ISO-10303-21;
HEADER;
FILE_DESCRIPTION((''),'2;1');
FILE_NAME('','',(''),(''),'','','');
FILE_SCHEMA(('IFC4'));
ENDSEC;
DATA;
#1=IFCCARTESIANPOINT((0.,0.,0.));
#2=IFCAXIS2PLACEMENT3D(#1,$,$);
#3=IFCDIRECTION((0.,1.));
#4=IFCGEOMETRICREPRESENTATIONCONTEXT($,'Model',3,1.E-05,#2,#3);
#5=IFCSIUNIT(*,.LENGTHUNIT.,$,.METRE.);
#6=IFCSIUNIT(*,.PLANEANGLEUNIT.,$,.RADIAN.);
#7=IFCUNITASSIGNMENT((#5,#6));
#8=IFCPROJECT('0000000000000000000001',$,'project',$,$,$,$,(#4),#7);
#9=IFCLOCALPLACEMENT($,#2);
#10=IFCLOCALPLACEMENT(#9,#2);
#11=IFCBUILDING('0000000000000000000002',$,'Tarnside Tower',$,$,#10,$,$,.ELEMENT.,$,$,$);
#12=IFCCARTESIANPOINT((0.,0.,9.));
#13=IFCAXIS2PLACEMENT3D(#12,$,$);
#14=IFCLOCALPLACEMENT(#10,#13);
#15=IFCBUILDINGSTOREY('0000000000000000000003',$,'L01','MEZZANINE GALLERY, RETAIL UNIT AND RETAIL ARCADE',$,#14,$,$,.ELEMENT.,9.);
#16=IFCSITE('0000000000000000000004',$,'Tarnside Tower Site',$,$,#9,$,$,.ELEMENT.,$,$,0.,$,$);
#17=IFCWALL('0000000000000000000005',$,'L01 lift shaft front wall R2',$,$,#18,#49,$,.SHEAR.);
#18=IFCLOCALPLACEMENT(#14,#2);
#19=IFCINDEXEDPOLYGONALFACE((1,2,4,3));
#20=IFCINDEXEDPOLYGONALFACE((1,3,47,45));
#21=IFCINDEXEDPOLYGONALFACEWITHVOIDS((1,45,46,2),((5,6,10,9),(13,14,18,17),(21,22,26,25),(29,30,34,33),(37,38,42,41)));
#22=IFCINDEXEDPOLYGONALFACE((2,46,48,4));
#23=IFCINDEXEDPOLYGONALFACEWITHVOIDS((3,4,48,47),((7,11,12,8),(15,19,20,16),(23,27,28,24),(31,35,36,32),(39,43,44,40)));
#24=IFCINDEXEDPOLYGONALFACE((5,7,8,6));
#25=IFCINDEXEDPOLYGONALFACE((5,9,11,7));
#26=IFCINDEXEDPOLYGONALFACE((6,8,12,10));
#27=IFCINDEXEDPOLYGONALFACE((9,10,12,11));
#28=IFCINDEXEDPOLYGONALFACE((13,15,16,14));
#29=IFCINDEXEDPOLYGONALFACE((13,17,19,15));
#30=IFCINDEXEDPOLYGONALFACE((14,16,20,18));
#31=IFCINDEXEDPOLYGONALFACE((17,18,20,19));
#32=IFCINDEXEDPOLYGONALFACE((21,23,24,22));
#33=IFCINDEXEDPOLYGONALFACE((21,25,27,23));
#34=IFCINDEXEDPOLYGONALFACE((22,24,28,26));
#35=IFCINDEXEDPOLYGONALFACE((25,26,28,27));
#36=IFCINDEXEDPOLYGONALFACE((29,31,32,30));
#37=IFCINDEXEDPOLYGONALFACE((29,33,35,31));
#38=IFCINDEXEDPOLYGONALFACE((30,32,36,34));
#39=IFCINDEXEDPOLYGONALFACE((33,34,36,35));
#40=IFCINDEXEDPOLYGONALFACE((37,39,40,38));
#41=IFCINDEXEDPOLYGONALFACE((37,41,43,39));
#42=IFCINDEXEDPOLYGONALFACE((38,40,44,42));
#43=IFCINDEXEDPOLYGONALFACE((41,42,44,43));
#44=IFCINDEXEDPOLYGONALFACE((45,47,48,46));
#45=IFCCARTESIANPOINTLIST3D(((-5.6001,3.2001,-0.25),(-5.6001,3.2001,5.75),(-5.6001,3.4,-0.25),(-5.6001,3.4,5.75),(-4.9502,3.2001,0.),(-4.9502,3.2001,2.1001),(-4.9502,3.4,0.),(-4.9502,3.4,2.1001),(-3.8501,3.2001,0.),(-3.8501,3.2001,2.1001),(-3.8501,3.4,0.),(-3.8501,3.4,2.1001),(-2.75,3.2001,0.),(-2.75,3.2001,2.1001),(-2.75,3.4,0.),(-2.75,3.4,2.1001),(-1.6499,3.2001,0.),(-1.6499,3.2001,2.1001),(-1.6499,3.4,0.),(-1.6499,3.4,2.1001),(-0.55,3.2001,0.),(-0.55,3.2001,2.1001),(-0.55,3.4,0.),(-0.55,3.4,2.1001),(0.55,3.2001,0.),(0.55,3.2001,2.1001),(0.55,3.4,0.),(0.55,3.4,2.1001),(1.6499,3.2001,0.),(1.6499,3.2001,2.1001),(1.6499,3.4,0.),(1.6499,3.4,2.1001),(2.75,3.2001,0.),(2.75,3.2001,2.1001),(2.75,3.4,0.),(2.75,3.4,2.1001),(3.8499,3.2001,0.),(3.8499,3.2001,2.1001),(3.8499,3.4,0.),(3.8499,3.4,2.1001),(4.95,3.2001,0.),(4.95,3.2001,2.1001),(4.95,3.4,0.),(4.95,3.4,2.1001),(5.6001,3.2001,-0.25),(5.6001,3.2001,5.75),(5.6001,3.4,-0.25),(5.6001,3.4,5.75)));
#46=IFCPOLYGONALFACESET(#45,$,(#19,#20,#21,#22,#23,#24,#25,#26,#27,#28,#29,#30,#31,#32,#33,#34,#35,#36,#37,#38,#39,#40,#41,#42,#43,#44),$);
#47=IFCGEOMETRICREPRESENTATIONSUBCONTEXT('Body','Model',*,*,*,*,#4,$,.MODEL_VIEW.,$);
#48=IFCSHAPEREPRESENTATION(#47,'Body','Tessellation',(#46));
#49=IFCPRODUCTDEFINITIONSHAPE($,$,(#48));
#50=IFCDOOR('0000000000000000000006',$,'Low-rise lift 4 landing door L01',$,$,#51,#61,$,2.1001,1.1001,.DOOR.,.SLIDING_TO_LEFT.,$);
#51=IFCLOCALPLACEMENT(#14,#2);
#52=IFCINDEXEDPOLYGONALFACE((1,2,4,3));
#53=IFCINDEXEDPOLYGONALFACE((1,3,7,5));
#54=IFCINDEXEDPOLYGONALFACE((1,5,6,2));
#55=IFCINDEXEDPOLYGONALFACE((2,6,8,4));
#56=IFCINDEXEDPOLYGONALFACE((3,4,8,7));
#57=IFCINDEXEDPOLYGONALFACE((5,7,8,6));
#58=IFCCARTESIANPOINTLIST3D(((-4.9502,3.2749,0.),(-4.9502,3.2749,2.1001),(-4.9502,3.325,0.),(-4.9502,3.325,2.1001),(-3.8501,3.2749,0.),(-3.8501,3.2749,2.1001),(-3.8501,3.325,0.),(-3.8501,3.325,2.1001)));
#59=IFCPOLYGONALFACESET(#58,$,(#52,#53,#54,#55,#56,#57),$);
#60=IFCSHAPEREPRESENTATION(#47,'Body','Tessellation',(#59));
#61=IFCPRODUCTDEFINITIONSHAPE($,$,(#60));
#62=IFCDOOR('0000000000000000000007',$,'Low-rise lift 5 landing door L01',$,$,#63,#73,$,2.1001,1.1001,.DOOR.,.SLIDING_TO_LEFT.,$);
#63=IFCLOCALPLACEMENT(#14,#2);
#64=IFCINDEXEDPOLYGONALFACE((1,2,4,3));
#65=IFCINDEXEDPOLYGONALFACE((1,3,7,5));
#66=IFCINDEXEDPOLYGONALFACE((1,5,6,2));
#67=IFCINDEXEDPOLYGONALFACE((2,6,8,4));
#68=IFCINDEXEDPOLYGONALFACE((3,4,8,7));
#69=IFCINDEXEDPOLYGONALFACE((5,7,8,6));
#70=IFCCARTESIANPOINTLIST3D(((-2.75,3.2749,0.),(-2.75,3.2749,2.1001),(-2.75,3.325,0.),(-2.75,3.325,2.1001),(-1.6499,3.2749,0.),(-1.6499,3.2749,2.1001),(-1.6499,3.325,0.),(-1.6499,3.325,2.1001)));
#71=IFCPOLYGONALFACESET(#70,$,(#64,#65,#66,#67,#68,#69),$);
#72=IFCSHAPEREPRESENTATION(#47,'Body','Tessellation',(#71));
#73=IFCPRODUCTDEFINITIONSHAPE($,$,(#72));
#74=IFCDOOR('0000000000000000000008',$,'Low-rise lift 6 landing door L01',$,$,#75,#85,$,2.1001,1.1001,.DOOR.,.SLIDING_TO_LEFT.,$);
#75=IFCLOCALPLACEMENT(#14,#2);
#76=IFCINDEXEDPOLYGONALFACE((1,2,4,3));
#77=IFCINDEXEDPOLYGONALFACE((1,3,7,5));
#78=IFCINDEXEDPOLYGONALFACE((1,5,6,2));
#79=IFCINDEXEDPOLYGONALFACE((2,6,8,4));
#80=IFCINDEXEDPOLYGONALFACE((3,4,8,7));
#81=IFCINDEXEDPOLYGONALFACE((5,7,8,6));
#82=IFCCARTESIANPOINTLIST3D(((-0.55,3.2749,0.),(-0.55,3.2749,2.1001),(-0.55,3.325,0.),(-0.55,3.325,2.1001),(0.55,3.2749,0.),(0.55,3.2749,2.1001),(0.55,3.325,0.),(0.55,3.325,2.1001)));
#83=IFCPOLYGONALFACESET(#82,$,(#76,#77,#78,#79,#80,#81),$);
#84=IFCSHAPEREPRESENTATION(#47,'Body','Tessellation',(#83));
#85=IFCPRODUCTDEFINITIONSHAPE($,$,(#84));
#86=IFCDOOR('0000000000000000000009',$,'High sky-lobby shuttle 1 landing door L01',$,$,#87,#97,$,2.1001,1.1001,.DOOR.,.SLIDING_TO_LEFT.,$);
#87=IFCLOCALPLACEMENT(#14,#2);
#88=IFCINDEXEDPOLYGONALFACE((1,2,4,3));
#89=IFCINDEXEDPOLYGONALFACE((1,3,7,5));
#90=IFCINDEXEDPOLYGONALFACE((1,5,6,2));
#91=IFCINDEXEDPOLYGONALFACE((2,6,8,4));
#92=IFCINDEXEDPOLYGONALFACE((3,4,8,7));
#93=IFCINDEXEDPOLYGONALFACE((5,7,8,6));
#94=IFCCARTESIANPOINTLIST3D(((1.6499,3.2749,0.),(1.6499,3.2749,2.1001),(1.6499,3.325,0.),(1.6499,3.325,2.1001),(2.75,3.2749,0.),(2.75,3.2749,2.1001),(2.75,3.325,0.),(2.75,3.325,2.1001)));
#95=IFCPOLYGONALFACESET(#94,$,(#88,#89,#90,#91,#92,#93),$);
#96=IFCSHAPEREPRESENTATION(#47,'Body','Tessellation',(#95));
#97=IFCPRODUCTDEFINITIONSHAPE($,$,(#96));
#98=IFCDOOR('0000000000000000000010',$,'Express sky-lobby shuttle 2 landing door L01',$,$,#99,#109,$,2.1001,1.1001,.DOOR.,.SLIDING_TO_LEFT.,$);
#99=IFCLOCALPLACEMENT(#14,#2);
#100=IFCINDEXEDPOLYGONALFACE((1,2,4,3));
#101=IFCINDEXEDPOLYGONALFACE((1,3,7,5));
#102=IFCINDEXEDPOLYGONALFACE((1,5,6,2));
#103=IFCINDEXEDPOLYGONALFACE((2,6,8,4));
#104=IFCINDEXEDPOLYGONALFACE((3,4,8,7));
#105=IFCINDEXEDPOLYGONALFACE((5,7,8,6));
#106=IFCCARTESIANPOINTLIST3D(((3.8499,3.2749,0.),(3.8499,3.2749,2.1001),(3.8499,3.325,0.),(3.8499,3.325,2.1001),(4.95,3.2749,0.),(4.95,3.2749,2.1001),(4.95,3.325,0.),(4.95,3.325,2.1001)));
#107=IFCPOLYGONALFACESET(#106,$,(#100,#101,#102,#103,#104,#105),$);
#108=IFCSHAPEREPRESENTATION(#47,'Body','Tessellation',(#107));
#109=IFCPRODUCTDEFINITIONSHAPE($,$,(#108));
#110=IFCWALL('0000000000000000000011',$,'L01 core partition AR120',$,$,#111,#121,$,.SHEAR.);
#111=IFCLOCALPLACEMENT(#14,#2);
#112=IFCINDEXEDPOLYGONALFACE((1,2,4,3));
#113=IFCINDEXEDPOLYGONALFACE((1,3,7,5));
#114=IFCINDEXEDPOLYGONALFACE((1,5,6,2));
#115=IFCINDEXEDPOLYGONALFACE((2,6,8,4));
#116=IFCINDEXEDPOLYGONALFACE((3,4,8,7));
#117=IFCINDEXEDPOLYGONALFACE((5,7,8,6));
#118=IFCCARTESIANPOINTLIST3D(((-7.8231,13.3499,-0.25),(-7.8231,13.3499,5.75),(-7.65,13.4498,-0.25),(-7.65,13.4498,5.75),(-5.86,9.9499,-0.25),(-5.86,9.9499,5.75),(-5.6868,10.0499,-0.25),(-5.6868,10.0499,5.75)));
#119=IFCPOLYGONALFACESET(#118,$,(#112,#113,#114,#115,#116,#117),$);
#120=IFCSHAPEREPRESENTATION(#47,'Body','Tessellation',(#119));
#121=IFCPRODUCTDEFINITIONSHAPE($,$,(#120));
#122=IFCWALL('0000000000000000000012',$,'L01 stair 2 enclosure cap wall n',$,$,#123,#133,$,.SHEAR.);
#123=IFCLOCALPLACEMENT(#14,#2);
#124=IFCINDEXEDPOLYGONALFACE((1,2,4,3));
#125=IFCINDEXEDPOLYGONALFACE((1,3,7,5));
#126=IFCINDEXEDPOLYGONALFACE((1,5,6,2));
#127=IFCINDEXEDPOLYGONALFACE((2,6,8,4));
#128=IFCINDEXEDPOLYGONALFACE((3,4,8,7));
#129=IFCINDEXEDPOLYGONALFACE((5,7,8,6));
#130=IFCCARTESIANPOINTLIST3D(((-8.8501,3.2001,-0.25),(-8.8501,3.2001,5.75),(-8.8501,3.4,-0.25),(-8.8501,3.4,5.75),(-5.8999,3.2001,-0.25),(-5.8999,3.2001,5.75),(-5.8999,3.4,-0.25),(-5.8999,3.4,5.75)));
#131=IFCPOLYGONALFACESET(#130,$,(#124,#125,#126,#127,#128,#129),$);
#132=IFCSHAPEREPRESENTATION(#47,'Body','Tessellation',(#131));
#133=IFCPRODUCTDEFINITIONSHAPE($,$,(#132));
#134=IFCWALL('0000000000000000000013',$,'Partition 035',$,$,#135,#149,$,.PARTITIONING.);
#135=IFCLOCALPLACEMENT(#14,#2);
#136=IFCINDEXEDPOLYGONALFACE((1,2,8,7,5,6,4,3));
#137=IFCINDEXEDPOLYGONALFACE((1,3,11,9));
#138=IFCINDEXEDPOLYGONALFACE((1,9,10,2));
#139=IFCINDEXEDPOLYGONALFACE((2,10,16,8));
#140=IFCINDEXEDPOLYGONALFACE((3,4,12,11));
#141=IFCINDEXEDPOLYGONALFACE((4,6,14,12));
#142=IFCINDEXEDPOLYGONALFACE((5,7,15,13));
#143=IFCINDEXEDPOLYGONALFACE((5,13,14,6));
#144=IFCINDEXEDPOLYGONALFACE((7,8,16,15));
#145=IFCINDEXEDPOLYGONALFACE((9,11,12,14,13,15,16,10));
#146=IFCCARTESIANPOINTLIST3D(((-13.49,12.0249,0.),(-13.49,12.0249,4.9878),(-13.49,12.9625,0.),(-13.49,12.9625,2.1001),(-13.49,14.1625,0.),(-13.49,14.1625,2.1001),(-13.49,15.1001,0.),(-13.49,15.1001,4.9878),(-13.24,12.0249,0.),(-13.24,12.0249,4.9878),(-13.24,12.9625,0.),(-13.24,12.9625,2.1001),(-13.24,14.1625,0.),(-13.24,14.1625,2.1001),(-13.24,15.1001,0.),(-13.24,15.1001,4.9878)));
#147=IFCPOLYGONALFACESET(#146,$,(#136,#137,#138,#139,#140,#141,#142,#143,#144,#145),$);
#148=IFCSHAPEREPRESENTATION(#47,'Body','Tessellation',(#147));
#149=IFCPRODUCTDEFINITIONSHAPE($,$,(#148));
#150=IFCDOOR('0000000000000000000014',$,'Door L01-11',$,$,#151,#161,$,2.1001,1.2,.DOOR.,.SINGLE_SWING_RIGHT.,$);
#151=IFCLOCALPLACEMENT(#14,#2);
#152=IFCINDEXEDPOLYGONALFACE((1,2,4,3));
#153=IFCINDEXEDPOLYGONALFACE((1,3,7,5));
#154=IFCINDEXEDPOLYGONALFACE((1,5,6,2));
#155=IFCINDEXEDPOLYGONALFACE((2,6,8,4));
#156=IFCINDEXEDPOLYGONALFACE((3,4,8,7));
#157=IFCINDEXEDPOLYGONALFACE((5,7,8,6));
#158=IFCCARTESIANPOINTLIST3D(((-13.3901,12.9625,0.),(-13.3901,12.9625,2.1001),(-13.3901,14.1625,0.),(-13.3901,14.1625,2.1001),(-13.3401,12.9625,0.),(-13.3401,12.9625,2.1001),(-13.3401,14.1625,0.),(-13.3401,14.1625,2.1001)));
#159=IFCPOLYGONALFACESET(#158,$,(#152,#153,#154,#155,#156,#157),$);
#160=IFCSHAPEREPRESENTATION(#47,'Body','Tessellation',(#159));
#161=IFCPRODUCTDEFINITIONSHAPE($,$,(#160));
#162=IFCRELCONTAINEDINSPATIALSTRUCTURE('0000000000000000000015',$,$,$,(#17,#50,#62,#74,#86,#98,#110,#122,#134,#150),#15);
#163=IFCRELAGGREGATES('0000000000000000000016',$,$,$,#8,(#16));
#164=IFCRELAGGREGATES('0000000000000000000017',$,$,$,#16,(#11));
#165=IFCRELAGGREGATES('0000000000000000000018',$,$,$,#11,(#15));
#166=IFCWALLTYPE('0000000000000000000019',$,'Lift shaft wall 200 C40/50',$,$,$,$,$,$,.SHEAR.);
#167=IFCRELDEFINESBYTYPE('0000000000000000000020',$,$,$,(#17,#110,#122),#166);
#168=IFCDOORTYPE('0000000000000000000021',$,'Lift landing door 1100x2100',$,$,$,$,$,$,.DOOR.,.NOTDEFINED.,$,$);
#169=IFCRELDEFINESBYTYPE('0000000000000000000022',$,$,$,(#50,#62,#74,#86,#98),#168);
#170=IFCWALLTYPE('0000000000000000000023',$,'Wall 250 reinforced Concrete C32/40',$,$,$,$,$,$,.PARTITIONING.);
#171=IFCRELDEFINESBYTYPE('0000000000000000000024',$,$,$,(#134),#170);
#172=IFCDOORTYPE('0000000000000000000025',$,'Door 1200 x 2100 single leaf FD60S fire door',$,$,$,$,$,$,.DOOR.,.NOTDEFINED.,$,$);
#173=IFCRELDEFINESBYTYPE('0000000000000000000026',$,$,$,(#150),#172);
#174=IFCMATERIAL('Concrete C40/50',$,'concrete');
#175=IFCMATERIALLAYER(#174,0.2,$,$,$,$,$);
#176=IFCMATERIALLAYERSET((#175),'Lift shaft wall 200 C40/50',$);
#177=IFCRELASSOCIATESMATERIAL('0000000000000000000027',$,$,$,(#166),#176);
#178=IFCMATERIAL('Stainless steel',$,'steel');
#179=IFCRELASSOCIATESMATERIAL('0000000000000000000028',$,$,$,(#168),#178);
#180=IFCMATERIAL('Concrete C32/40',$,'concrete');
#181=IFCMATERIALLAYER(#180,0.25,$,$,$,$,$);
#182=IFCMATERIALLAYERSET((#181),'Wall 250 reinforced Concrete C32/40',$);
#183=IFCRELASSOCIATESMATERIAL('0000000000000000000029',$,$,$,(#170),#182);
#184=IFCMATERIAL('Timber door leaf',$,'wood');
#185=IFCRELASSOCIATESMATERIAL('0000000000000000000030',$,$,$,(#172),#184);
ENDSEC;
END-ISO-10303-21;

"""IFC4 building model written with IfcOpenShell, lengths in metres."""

from ifc_helpers import new_model, si_unit, direction, frame, frame_2d, origin, place, context, subcontext, project, spatial, rectangle, extrude, material, layer, layer_set, type_object, element, fill, save


model = new_model("IFC4")

# Units and contexts
model_context = context("Model", 3, precision=1e-05, world=origin(), true_north=direction((0.0, 1.0)))
body_context = subcontext(model_context, "Body", "Model", "MODEL_VIEW")
ifc_project = project(units=[si_unit("LENGTHUNIT", "METRE"), si_unit("PLANEANGLEUNIT", "RADIAN")], contexts=[model_context])

# Site, building, storey
site_placement = place(None, origin())
site = spatial("IfcSite", under=ifc_project, at=site_placement, Name="Tarnside Tower Site", CompositionType="ELEMENT", RefElevation=0.0)
building_placement = place(site_placement, origin())
building = spatial("IfcBuilding", under=site, at=building_placement, Name="Tarnside Tower", CompositionType="ELEMENT")
storey_placement = place(building_placement, frame((0.0, 0.0, 9.0)))
storey = spatial("IfcBuildingStorey", under=building, at=storey_placement, Name="L01", Description="MEZZANINE GALLERY, RETAIL UNIT AND RETAIL ARCADE", CompositionType="ELEMENT", Elevation=9.0)

# Shared definitions
ifc_material_1 = material(Name="Concrete C40/50", Category="concrete")
ifc_layer_1 = layer(ifc_material_1, 0.2)
ifc_layer_set_1 = layer_set([ifc_layer_1], Name="Lift shaft wall 200 C40/50")
wall_type_1 = type_object("IfcWallType", Name="Lift shaft wall 200 C40/50", PredefinedType="SHEAR", material=ifc_layer_set_1)
ifc_material_2 = material(Name="Stainless steel", Category="steel")
door_type_1 = type_object("IfcDoorType", Name="Lift landing door 1100x2100", OperationType="NOTDEFINED", PredefinedType="DOOR", material=ifc_material_2)

# Wall, openings, doors
wall_1_placement = place(storey_placement, frame((-5.6001, 3.3, -0.25), z_axis=(0.0, 0.0, 1.0), x_axis=(1.0, 0.0, 0.0)))
wall_1 = element("IfcWall", 1, at=wall_1_placement, inside=storey, type_object=wall_type_1, Name="L01 lift shaft front wall R2", PredefinedType="SHEAR", context=body_context, shape_type="SweptSolid", body=[
    extrude(rectangle(XDim=11.2002, YDim=0.2, at=frame_2d((5.6001, 0.0))), origin(), (0.0, 0.0, 1.0), 6.0),
])
opening_1_placement = place(wall_1_placement, frame((0.6499, 0.0, 0.25)))
opening_1 = element("IfcOpeningElement", 2, at=opening_1_placement, cuts=wall_1, PredefinedType="OPENING", context=body_context, shape_type="SweptSolid", body=[
    extrude(rectangle(XDim=1.1001, YDim=2.1001, at=frame_2d((0.55, 1.05))), frame((0.0, 0.1099, 0.0), z_axis=(0.0, -1.0, 0.0), x_axis=(1.0, 0.0, 0.0)), (0.0, 0.0, 1.0), 0.22),
])
opening_2_placement = place(wall_1_placement, frame((2.8501, 0.0, 0.25)))
opening_2 = element("IfcOpeningElement", 3, at=opening_2_placement, cuts=wall_1, PredefinedType="OPENING", context=body_context, shape_type="SweptSolid", body=[
    extrude(rectangle(XDim=1.1001, YDim=2.1001, at=frame_2d((0.55, 1.05))), frame((0.0, 0.1099, 0.0), z_axis=(0.0, -1.0, 0.0), x_axis=(1.0, 0.0, 0.0)), (0.0, 0.0, 1.0), 0.22),
])
opening_3_placement = place(wall_1_placement, frame((5.05, 0.0, 0.25)))
opening_3 = element("IfcOpeningElement", 4, at=opening_3_placement, cuts=wall_1, PredefinedType="OPENING", context=body_context, shape_type="SweptSolid", body=[
    extrude(rectangle(XDim=1.1001, YDim=2.1001, at=frame_2d((0.55, 1.05))), frame((0.0, 0.1099, 0.0), z_axis=(0.0, -1.0, 0.0), x_axis=(1.0, 0.0, 0.0)), (0.0, 0.0, 1.0), 0.22),
])
opening_4_placement = place(wall_1_placement, frame((7.25, 0.0, 0.25)))
opening_4 = element("IfcOpeningElement", 5, at=opening_4_placement, cuts=wall_1, PredefinedType="OPENING", context=body_context, shape_type="SweptSolid", body=[
    extrude(rectangle(XDim=1.1001, YDim=2.1001, at=frame_2d((0.55, 1.05))), frame((0.0, 0.1099, 0.0), z_axis=(0.0, -1.0, 0.0), x_axis=(1.0, 0.0, 0.0)), (0.0, 0.0, 1.0), 0.22),
])
opening_5_placement = place(wall_1_placement, frame((9.45, 0.0, 0.25)))
opening_5 = element("IfcOpeningElement", 6, at=opening_5_placement, cuts=wall_1, PredefinedType="OPENING", context=body_context, shape_type="SweptSolid", body=[
    extrude(rectangle(XDim=1.1001, YDim=2.1001, at=frame_2d((0.55, 1.05))), frame((0.0, 0.1099, 0.0), z_axis=(0.0, -1.0, 0.0), x_axis=(1.0, 0.0, 0.0)), (0.0, 0.0, 1.0), 0.22),
])
door_1_placement = place(opening_1_placement, origin())
door_1 = element("IfcDoor", 7, at=door_1_placement, inside=storey, type_object=door_type_1, Name="Low-rise lift 4 landing door L01", OperationType="SLIDING_TO_LEFT", OverallHeight=2.1001, OverallWidth=1.1001, PredefinedType="DOOR", context=body_context, shape_type="SweptSolid", body=[
    extrude(rectangle(XDim=1.1001, YDim=2.1001, at=frame_2d((0.55, 1.05))), frame((0.0, 0.0249, 0.0), z_axis=(0.0, -1.0, 0.0), x_axis=(1.0, 0.0, 0.0)), (0.0, 0.0, 1.0), 0.05),
])
fill(opening_1, door_1)
door_2_placement = place(opening_2_placement, origin())
door_2 = element("IfcDoor", 8, at=door_2_placement, inside=storey, type_object=door_type_1, Name="Low-rise lift 5 landing door L01", OperationType="SLIDING_TO_LEFT", OverallHeight=2.1001, OverallWidth=1.1001, PredefinedType="DOOR", context=body_context, shape_type="SweptSolid", body=[
    extrude(rectangle(XDim=1.1001, YDim=2.1001, at=frame_2d((0.55, 1.05))), frame((0.0, 0.0249, 0.0), z_axis=(0.0, -1.0, 0.0), x_axis=(1.0, 0.0, 0.0)), (0.0, 0.0, 1.0), 0.05),
])
fill(opening_2, door_2)
door_3_placement = place(opening_3_placement, origin())
door_3 = element("IfcDoor", 9, at=door_3_placement, inside=storey, type_object=door_type_1, Name="Low-rise lift 6 landing door L01", OperationType="SLIDING_TO_LEFT", OverallHeight=2.1001, OverallWidth=1.1001, PredefinedType="DOOR", context=body_context, shape_type="SweptSolid", body=[
    extrude(rectangle(XDim=1.1001, YDim=2.1001, at=frame_2d((0.55, 1.05))), frame((0.0, 0.0249, 0.0), z_axis=(0.0, -1.0, 0.0), x_axis=(1.0, 0.0, 0.0)), (0.0, 0.0, 1.0), 0.05),
])
fill(opening_3, door_3)
door_4_placement = place(opening_4_placement, origin())
door_4 = element("IfcDoor", 10, at=door_4_placement, inside=storey, type_object=door_type_1, Name="High sky-lobby shuttle 1 landing door L01", OperationType="SLIDING_TO_LEFT", OverallHeight=2.1001, OverallWidth=1.1001, PredefinedType="DOOR", context=body_context, shape_type="SweptSolid", body=[
    extrude(rectangle(XDim=1.1001, YDim=2.1001, at=frame_2d((0.55, 1.05))), frame((0.0, 0.0249, 0.0), z_axis=(0.0, -1.0, 0.0), x_axis=(1.0, 0.0, 0.0)), (0.0, 0.0, 1.0), 0.05),
])
fill(opening_4, door_4)
door_5_placement = place(opening_5_placement, origin())
door_5 = element("IfcDoor", 11, at=door_5_placement, inside=storey, type_object=door_type_1, Name="Express sky-lobby shuttle 2 landing door L01", OperationType="SLIDING_TO_LEFT", OverallHeight=2.1001, OverallWidth=1.1001, PredefinedType="DOOR", context=body_context, shape_type="SweptSolid", body=[
    extrude(rectangle(XDim=1.1001, YDim=2.1001, at=frame_2d((0.55, 1.05))), frame((0.0, 0.0249, 0.0), z_axis=(0.0, -1.0, 0.0), x_axis=(1.0, 0.0, 0.0)), (0.0, 0.0, 1.0), 0.05),
])
fill(opening_5, door_5)

# Walls
wall_2_placement = place(storey_placement, frame((-5.7734, 10.0, -0.25), z_axis=(0.0, 0.0, 1.0), x_axis=(-0.500038, 0.866003, 0.0)))
element("IfcWall", 12, at=wall_2_placement, inside=storey, type_object=wall_type_1, Name="L01 core partition AR120", PredefinedType="SHEAR", context=body_context, shape_type="SweptSolid", body=[
    extrude(rectangle(XDim=3.926, YDim=0.2, at=frame_2d((1.9629, 0.0))), origin(), (0.0, 0.0, 1.0), 6.0),
])
wall_3_placement = place(storey_placement, frame((-8.8501, 3.3, -0.25), z_axis=(0.0, 0.0, 1.0), x_axis=(1.0, 0.0, 0.0)))
element("IfcWall", 13, at=wall_3_placement, inside=storey, type_object=wall_type_1, Name="L01 stair 2 enclosure cap wall n", PredefinedType="SHEAR", context=body_context, shape_type="SweptSolid", body=[
    extrude(rectangle(XDim=2.9502, YDim=0.2, at=frame_2d((1.4751, 0.0))), origin(), (0.0, 0.0, 1.0), 6.0),
])

# Wall, opening, door
ifc_material_3 = material(Name="Concrete C32/40", Category="concrete")
ifc_layer_2 = layer(ifc_material_3, 0.25)
ifc_layer_set_2 = layer_set([ifc_layer_2], Name="Wall 250 reinforced Concrete C32/40")
wall_type_2 = type_object("IfcWallType", Name="Wall 250 reinforced Concrete C32/40", PredefinedType="PARTITIONING", material=ifc_layer_set_2)
wall_4_placement = place(storey_placement, frame((-13.365, 15.1001, 0.0), z_axis=(0.0, 0.0, 1.0), x_axis=(0.0, -1.0, 0.0)))
wall_4 = element("IfcWall", 14, at=wall_4_placement, inside=storey, type_object=wall_type_2, Name="Partition 035", PredefinedType="PARTITIONING", context=body_context, shape_type="SweptSolid", body=[
    extrude(rectangle(XDim=3.0752, YDim=0.25, at=frame_2d((1.5376, 0.0))), origin(), (0.0, 0.0, 1.0), 4.9878),
])
opening_6_placement = place(wall_4_placement, frame((0.9375, 0.0, 0.0)))
opening_6 = element("IfcOpeningElement", 15, at=opening_6_placement, cuts=wall_4, PredefinedType="OPENING", context=body_context, shape_type="SweptSolid", body=[
    extrude(rectangle(XDim=1.2, YDim=2.1001, at=frame_2d((0.6001, 1.05))), frame((0.0, 0.135, 0.0), z_axis=(0.0, -1.0, 0.0), x_axis=(1.0, 0.0, 0.0)), (0.0, 0.0, 1.0), 0.27),
])
ifc_material_4 = material(Name="Timber door leaf", Category="wood")
door_type_2 = type_object("IfcDoorType", Name="Door 1200 x 2100 single leaf FD60S fire door", OperationType="NOTDEFINED", PredefinedType="DOOR", material=ifc_material_4)
door_6_placement = place(opening_6_placement, origin())
door_6 = element("IfcDoor", 16, at=door_6_placement, inside=storey, type_object=door_type_2, Name="Door L01-11", OperationType="SINGLE_SWING_RIGHT", OverallHeight=2.1001, OverallWidth=1.2, PredefinedType="DOOR", context=body_context, shape_type="SweptSolid", body=[
    extrude(rectangle(XDim=1.2, YDim=2.1001, at=frame_2d((0.6001, 1.05))), frame((0.0, 0.0249, 0.0), z_axis=(0.0, -1.0, 0.0), x_axis=(1.0, 0.0, 0.0)), (0.0, 0.0, 1.0), 0.05),
])
fill(opening_6, door_6)

save(model, "model.ifc")
